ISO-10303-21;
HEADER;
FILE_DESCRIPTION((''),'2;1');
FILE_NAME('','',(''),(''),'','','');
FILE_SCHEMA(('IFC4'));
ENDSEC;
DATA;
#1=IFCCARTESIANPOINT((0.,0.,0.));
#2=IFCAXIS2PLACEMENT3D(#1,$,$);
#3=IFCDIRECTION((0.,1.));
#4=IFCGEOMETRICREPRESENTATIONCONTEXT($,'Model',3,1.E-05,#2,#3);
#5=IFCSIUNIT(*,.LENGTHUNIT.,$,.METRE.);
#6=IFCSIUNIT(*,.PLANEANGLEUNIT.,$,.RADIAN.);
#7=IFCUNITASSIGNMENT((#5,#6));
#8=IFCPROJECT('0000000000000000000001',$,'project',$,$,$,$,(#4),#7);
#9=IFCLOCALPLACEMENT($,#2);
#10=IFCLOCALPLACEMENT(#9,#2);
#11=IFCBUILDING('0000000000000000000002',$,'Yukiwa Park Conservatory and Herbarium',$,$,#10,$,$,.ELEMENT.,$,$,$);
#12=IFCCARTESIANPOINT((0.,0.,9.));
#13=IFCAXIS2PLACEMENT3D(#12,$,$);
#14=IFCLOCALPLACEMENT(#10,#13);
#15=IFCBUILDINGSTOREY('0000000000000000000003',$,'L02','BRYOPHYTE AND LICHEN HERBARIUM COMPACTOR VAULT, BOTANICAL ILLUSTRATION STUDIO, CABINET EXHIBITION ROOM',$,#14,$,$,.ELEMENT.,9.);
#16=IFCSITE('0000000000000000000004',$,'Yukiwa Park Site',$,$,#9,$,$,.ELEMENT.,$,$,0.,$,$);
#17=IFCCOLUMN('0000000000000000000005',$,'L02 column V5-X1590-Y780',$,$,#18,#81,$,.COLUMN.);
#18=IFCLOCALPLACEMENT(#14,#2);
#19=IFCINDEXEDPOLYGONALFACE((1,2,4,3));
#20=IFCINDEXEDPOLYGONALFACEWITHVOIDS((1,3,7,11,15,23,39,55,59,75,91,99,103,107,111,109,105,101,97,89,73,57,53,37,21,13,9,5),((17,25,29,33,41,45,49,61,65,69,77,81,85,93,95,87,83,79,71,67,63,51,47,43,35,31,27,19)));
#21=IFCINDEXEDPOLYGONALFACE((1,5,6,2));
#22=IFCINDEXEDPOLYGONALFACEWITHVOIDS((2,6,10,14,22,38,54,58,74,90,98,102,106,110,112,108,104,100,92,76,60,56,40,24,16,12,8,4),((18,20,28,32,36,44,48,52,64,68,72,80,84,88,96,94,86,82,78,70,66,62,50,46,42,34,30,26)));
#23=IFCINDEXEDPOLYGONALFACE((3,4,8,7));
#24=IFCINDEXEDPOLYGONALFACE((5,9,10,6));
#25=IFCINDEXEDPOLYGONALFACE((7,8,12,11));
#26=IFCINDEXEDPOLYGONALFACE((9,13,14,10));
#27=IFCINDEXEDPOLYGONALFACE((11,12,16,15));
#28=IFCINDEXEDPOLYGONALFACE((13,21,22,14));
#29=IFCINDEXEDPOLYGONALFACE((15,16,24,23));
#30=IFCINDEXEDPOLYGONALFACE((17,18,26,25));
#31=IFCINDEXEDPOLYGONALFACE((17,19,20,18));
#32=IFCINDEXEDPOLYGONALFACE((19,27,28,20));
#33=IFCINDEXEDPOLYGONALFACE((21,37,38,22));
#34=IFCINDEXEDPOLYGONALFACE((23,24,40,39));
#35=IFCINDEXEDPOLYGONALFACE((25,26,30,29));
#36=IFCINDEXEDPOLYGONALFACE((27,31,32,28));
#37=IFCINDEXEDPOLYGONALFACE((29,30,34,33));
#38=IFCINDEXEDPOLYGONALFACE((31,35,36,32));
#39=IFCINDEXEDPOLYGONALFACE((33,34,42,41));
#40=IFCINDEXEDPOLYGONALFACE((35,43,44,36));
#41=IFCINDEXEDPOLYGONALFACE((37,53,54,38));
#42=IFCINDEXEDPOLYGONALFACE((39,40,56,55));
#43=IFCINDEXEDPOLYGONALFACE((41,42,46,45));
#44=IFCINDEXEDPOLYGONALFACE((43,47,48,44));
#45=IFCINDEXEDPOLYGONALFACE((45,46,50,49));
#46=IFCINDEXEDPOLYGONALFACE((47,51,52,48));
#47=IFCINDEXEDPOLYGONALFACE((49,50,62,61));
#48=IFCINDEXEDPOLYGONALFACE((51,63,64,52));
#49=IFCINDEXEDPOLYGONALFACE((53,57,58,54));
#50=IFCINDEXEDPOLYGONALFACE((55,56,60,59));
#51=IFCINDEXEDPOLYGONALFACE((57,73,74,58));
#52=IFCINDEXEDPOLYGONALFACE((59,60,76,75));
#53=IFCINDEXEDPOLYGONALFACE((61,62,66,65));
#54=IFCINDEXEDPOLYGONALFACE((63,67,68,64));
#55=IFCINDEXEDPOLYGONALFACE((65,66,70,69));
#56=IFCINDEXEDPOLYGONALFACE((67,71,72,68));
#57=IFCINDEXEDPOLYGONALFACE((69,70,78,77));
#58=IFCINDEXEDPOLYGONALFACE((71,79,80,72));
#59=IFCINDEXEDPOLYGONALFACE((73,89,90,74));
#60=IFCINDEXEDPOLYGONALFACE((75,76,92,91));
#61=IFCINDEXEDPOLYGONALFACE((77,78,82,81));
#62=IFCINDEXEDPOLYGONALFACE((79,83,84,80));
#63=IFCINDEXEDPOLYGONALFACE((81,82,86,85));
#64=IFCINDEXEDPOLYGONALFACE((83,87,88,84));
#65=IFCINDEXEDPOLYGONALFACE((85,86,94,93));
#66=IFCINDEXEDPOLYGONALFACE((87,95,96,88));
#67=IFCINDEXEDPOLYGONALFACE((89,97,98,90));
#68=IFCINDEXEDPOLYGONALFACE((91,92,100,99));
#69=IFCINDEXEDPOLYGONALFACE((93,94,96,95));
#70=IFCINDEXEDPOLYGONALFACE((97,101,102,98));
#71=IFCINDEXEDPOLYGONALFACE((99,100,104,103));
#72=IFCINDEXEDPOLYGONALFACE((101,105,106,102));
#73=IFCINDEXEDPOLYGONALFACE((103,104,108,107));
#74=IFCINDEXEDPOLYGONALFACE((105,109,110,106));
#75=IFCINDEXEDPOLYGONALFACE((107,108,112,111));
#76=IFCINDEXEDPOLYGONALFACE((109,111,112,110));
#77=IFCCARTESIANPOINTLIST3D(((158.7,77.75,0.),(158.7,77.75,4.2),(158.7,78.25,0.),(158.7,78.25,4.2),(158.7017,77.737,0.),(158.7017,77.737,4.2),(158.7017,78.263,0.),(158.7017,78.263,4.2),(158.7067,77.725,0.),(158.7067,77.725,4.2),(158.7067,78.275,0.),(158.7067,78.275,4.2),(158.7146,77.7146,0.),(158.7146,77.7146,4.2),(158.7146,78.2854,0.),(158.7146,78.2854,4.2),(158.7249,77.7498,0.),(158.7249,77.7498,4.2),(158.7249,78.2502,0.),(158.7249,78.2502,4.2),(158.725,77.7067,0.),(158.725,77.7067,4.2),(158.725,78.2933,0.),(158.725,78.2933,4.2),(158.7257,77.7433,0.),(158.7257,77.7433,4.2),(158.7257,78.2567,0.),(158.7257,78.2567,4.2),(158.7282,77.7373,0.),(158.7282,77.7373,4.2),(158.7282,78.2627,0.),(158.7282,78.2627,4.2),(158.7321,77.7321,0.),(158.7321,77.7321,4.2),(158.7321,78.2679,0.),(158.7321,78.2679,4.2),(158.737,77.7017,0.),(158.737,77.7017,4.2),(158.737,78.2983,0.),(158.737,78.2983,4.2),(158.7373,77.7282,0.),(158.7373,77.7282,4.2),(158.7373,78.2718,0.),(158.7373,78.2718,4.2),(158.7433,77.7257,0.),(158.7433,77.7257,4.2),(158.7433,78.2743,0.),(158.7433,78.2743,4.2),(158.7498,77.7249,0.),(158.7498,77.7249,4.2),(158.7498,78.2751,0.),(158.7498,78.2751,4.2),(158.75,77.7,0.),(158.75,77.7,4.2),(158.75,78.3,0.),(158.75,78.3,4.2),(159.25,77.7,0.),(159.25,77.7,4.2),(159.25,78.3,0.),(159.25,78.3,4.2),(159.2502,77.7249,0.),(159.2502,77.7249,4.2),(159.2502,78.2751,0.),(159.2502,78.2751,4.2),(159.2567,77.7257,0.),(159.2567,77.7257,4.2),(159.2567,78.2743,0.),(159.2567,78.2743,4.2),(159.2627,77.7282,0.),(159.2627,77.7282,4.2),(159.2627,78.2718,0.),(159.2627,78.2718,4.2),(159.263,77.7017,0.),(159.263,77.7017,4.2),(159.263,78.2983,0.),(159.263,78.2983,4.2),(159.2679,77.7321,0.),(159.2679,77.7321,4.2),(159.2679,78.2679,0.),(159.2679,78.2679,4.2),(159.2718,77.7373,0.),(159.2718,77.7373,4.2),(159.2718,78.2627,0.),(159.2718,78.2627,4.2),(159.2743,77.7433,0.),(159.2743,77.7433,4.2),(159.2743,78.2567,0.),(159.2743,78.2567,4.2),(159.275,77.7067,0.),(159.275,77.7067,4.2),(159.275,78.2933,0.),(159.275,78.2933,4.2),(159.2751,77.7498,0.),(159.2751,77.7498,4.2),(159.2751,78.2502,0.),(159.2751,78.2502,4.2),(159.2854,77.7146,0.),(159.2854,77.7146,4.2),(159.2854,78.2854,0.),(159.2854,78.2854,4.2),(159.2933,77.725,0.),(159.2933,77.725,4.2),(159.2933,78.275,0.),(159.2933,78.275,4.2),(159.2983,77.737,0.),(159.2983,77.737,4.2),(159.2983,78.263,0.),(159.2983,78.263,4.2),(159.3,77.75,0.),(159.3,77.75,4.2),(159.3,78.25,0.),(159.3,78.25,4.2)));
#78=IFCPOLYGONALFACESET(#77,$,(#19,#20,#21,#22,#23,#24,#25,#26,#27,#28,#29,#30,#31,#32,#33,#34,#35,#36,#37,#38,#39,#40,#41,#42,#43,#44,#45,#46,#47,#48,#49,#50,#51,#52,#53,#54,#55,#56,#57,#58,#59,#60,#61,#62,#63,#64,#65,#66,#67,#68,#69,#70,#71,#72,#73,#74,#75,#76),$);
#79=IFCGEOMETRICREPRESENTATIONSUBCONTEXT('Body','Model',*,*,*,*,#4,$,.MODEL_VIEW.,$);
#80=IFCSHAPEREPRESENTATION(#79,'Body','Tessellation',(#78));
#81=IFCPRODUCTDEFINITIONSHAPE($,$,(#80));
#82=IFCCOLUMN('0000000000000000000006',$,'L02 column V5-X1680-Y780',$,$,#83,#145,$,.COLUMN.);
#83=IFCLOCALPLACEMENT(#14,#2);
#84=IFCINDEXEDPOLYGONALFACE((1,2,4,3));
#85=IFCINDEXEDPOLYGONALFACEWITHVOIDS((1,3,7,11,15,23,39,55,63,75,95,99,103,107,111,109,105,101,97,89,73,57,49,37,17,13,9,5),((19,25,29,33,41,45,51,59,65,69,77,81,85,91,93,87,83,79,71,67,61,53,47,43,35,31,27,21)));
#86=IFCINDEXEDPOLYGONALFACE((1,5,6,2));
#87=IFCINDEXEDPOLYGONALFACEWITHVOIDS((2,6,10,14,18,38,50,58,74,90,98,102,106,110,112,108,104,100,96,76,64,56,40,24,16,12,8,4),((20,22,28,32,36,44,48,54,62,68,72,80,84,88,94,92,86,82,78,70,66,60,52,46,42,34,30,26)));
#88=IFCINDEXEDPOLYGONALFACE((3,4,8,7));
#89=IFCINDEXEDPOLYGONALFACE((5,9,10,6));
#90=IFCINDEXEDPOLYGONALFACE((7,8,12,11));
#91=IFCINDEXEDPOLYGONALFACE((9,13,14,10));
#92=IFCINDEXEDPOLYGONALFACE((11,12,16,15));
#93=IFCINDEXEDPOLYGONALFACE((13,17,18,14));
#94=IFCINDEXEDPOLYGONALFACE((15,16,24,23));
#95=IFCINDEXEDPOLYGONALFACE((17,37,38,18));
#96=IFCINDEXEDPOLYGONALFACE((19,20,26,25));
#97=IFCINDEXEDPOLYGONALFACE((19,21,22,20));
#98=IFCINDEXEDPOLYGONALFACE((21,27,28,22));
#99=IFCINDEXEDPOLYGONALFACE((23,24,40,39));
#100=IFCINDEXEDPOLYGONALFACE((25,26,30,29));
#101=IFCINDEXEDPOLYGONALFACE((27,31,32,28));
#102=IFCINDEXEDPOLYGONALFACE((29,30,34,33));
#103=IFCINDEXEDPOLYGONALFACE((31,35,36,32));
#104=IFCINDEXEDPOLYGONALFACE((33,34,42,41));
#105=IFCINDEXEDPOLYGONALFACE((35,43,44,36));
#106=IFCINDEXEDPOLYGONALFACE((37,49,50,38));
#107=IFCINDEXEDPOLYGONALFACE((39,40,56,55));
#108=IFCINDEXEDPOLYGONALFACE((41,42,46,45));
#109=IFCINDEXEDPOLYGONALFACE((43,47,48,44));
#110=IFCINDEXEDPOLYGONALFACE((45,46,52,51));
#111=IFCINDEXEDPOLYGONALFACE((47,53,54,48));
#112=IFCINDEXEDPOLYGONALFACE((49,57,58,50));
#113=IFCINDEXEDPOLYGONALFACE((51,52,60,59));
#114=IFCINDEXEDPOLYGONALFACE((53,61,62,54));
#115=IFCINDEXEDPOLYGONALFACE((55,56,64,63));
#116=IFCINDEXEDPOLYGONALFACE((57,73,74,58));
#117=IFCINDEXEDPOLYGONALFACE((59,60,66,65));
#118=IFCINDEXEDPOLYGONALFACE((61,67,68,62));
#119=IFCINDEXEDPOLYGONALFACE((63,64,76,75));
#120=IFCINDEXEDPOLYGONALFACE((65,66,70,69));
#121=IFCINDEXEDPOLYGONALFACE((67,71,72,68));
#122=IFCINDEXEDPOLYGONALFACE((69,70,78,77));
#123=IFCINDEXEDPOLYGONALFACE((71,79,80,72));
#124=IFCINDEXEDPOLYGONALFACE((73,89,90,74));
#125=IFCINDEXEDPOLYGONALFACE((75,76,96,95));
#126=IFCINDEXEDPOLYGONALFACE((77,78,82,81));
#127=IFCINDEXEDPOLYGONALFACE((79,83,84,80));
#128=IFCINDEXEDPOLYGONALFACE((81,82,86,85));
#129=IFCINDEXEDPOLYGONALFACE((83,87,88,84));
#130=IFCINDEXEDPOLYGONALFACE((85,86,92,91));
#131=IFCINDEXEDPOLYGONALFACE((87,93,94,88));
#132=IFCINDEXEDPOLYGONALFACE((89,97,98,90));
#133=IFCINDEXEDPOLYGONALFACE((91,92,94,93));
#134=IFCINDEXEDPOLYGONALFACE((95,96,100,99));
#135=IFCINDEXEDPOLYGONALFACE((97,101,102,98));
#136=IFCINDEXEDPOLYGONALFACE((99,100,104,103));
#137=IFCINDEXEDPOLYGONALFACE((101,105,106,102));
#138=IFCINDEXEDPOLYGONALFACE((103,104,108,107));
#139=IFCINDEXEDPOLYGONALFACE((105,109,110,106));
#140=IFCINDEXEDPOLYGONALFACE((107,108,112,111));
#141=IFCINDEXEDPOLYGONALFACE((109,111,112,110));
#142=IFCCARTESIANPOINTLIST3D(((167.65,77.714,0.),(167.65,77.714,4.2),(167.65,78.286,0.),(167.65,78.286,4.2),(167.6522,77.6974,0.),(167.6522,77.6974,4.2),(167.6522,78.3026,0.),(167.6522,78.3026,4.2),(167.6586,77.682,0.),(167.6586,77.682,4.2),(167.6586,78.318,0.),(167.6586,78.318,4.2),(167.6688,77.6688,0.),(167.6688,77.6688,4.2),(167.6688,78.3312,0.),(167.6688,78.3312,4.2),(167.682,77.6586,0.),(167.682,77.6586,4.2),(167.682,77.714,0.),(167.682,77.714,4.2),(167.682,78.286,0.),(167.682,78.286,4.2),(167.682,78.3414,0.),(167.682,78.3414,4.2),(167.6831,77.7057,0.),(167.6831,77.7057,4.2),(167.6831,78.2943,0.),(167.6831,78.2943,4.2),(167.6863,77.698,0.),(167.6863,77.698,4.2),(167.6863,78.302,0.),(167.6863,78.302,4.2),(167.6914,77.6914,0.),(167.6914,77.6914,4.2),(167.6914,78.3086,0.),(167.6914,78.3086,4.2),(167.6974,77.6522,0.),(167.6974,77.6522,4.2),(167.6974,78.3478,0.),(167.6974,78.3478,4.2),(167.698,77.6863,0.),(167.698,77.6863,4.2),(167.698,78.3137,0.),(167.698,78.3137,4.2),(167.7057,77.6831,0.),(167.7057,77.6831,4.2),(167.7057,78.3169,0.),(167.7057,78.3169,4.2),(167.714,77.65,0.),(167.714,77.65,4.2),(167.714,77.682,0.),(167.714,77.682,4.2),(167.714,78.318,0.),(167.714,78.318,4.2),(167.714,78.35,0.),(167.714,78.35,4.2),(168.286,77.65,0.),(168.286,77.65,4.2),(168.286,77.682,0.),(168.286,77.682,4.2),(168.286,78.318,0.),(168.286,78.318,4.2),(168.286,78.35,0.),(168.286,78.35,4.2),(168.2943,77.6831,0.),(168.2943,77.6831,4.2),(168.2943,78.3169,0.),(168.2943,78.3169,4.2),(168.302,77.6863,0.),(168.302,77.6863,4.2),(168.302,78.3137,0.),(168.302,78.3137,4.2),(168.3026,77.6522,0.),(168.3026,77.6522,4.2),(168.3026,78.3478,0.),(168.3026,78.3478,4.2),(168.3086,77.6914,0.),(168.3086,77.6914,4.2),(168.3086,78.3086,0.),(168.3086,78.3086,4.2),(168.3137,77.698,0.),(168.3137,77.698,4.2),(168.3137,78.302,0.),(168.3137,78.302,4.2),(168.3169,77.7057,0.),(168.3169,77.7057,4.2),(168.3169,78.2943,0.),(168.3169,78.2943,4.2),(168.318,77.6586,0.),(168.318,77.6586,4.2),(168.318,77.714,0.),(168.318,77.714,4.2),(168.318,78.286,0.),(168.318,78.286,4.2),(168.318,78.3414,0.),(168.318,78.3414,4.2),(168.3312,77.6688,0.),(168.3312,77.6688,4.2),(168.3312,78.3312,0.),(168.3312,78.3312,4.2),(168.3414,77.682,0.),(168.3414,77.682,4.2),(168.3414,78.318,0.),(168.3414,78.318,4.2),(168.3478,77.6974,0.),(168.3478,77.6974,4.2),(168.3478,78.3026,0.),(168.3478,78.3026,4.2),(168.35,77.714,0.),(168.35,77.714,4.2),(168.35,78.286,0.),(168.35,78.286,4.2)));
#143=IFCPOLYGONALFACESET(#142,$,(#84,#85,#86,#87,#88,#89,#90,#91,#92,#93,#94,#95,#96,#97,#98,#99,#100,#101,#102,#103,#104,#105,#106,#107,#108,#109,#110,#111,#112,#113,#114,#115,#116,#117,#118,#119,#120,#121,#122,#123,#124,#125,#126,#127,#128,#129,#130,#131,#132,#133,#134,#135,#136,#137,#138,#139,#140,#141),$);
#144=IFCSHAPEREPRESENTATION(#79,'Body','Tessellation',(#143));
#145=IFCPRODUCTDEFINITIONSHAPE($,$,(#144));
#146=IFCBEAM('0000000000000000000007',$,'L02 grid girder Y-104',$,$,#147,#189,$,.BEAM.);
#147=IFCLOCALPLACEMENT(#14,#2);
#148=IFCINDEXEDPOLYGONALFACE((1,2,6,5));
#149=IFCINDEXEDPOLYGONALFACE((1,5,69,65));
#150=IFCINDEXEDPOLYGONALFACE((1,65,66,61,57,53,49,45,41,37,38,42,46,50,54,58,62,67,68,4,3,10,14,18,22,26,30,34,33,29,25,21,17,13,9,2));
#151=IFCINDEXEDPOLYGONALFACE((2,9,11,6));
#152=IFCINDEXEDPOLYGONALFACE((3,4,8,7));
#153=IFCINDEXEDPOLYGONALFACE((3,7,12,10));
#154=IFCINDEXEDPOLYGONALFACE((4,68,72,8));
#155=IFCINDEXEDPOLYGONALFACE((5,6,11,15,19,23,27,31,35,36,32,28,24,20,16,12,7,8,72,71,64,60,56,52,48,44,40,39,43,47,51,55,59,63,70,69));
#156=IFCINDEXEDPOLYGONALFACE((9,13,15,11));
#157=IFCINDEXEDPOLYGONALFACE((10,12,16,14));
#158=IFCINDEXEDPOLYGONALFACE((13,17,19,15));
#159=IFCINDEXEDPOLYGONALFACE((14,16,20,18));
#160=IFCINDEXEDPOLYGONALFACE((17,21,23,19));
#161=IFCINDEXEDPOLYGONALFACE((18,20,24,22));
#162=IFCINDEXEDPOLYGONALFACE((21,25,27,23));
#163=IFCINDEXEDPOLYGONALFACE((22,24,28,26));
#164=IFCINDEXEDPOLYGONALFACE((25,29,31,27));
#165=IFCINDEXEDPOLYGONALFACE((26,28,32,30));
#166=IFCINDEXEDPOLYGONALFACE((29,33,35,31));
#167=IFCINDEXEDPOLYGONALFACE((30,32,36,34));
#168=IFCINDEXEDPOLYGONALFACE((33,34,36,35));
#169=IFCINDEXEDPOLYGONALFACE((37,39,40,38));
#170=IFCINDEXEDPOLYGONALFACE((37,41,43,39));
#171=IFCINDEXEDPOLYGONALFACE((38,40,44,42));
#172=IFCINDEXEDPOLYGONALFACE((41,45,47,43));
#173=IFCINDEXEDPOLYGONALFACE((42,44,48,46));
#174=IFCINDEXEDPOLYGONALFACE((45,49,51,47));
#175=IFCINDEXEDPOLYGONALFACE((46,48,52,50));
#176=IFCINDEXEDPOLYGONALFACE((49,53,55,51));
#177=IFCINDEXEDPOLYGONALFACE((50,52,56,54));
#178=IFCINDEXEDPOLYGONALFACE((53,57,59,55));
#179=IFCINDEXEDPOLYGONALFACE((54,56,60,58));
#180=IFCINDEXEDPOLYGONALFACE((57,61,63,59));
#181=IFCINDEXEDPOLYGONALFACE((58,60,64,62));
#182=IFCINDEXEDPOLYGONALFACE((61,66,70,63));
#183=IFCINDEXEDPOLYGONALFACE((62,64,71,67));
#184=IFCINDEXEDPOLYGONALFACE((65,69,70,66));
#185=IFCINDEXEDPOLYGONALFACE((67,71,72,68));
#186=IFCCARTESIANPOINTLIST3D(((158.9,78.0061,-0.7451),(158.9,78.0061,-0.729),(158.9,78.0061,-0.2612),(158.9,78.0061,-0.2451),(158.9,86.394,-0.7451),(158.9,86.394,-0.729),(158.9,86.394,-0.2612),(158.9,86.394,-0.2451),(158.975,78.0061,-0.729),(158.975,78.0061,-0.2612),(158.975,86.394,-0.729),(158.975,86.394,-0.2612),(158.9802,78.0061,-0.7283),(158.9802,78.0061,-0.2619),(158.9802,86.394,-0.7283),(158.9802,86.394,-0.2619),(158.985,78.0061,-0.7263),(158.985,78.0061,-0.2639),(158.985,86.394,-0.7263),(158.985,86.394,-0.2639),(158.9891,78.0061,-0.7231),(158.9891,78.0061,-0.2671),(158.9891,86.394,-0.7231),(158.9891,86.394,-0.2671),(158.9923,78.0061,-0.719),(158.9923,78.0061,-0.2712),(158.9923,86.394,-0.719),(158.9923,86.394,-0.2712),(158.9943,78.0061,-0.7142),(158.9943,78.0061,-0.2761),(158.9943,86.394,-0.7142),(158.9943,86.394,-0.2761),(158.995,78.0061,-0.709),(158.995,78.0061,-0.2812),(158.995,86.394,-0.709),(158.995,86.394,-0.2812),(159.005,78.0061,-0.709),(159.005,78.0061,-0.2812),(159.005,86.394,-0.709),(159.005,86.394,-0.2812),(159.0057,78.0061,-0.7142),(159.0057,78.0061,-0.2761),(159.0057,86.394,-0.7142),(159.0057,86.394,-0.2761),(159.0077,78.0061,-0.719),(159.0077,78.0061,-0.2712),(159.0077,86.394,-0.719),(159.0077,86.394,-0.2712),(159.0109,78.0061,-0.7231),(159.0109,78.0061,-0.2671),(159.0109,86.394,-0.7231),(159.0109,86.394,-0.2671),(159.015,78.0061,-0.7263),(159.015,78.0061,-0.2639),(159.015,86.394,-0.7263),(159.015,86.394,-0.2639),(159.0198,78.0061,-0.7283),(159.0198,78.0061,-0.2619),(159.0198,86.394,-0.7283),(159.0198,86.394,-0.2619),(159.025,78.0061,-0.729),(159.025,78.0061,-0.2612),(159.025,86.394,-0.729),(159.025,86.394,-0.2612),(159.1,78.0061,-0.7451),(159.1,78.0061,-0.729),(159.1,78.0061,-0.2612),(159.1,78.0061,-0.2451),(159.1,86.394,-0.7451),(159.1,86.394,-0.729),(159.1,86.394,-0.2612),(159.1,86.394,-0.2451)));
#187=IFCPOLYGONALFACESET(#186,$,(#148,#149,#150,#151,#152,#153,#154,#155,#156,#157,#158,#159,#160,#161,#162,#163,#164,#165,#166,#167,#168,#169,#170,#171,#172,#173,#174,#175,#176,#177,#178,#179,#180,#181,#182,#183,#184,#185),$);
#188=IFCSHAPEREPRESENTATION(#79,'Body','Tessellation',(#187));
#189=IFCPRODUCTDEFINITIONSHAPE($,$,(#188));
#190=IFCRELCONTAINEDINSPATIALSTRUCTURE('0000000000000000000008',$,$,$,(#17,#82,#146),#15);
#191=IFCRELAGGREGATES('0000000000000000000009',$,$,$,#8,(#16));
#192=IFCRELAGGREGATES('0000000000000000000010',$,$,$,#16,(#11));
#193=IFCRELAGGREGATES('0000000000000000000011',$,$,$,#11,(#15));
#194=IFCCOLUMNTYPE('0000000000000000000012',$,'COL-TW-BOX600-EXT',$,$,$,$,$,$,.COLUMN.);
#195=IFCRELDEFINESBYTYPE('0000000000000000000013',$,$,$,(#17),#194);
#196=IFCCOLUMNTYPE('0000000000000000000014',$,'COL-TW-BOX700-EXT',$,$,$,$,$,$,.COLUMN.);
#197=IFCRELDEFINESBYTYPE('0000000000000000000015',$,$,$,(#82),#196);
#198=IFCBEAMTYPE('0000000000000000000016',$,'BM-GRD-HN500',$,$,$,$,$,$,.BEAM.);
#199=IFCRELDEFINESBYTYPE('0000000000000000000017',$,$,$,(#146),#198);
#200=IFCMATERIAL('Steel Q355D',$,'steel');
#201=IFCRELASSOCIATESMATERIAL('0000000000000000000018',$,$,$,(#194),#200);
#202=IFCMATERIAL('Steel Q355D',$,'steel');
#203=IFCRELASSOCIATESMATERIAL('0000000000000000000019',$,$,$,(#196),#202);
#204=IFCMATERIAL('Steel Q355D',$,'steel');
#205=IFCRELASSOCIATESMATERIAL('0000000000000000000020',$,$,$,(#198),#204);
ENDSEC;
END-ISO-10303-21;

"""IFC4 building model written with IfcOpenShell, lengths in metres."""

from ifc_helpers import new_model, si_unit, direction, frame, origin, origin_2d, place, context, subcontext, project, spatial, hollow_rectangle, i_section, extrude, material, material_profile, profile_set, type_object, element, save


model = new_model("IFC4")

# Units and contexts
model_context = context("Model", 3, precision=1e-05, world=origin(), true_north=direction((0.0, 1.0)))
body_context = subcontext(model_context, "Body", "Model", "MODEL_VIEW")
ifc_project = project(units=[si_unit("LENGTHUNIT", "METRE"), si_unit("PLANEANGLEUNIT", "RADIAN")], contexts=[model_context])

# Site, building, storey
site_placement = place(None, origin())
site = spatial("IfcSite", under=ifc_project, at=site_placement, Name="Yukiwa Park Site", CompositionType="ELEMENT", RefElevation=0.0)
building_placement = place(site_placement, origin())
building = spatial("IfcBuilding", under=site, at=building_placement, Name="Yukiwa Park Conservatory and Herbarium", CompositionType="ELEMENT")
storey_placement = place(building_placement, frame((0.0, 0.0, 9.0)))
storey = spatial("IfcBuildingStorey", under=building, at=storey_placement, Name="L02", Description="BRYOPHYTE AND LICHEN HERBARIUM COMPACTOR VAULT, BOTANICAL ILLUSTRATION STUDIO, CABINET EXHIBITION ROOM", CompositionType="ELEMENT", Elevation=9.0)

# Columns
ifc_material_1 = material(Name="Steel Q355D", Category="steel")
ifc_material_profile_1 = material_profile(ifc_material_1, hollow_rectangle(XDim=0.6001, YDim=0.6001, WallThickness=0.0249, InnerFilletRadius=0.0249, OuterFilletRadius=0.05, at=origin_2d()), Name="BOX 600x600x25")
ifc_profile_set_1 = profile_set([ifc_material_profile_1], Name="Steel Q355D")
column_type_1 = type_object("IfcColumnType", Name="COL-TW-BOX600-EXT", PredefinedType="COLUMN", material=ifc_profile_set_1)
column_1_placement = place(storey_placement, frame((159.0, 78.0, 0.0), z_axis=(0.0, 0.0, 1.0), x_axis=(1.0, 0.0, 0.0)))
element("IfcColumn", 1, at=column_1_placement, inside=storey, type_object=column_type_1, Name="L02 column V5-X1590-Y780", PredefinedType="COLUMN", context=body_context, shape_type="SweptSolid", body=[
    extrude(hollow_rectangle(XDim=0.6001, YDim=0.6001, WallThickness=0.0249, InnerFilletRadius=0.0249, OuterFilletRadius=0.05, at=origin_2d()), origin(), (0.0, 0.0, 1.0), 4.2),
])
ifc_material_2 = material(Name="Steel Q355D", Category="steel")
ifc_material_profile_2 = material_profile(ifc_material_2, hollow_rectangle(XDim=0.7, YDim=0.7, WallThickness=0.032, InnerFilletRadius=0.032, OuterFilletRadius=0.064, at=origin_2d()), Name="BOX 700x700x32")
ifc_profile_set_2 = profile_set([ifc_material_profile_2], Name="Steel Q355D")
column_type_2 = type_object("IfcColumnType", Name="COL-TW-BOX700-EXT", PredefinedType="COLUMN", material=ifc_profile_set_2)
column_2_placement = place(storey_placement, frame((168.0, 78.0, 0.0), z_axis=(0.0, 0.0, 1.0), x_axis=(1.0, 0.0, 0.0)))
element("IfcColumn", 2, at=column_2_placement, inside=storey, type_object=column_type_2, Name="L02 column V5-X1680-Y780", PredefinedType="COLUMN", context=body_context, shape_type="SweptSolid", body=[
    extrude(hollow_rectangle(XDim=0.7, YDim=0.7, WallThickness=0.032, InnerFilletRadius=0.032, OuterFilletRadius=0.064, at=origin_2d()), origin(), (0.0, 0.0, 1.0), 4.2),
])

# Beam
ifc_material_3 = material(Name="Steel Q355D", Category="steel")
ifc_material_profile_3 = material_profile(ifc_material_3, i_section(OverallWidth=0.2, OverallDepth=0.5, WebThickness=0.01, FlangeThickness=0.0161, FilletRadius=0.02, at=origin_2d()), Name="HN 500x200x10x16")
ifc_profile_set_3 = profile_set([ifc_material_profile_3], Name="Steel Q355D")
beam_type_1 = type_object("IfcBeamType", Name="BM-GRD-HN500", PredefinedType="BEAM", material=ifc_profile_set_3)
beam_1_placement = place(storey_placement, frame((159.0, 78.0061, -0.4951), z_axis=(0.0, 1.0, 0.0), x_axis=(-1.0, 0.0, 0.0)))
element("IfcBeam", 3, at=beam_1_placement, inside=storey, type_object=beam_type_1, Name="L02 grid girder Y-104", PredefinedType="BEAM", context=body_context, shape_type="SweptSolid", body=[
    extrude(i_section(OverallWidth=0.2, OverallDepth=0.5, WebThickness=0.01, FlangeThickness=0.0161, FilletRadius=0.02, at=origin_2d()), origin(), (0.0, 0.0, 1.0), 8.3879),
])

save(model, "model.ifc")
